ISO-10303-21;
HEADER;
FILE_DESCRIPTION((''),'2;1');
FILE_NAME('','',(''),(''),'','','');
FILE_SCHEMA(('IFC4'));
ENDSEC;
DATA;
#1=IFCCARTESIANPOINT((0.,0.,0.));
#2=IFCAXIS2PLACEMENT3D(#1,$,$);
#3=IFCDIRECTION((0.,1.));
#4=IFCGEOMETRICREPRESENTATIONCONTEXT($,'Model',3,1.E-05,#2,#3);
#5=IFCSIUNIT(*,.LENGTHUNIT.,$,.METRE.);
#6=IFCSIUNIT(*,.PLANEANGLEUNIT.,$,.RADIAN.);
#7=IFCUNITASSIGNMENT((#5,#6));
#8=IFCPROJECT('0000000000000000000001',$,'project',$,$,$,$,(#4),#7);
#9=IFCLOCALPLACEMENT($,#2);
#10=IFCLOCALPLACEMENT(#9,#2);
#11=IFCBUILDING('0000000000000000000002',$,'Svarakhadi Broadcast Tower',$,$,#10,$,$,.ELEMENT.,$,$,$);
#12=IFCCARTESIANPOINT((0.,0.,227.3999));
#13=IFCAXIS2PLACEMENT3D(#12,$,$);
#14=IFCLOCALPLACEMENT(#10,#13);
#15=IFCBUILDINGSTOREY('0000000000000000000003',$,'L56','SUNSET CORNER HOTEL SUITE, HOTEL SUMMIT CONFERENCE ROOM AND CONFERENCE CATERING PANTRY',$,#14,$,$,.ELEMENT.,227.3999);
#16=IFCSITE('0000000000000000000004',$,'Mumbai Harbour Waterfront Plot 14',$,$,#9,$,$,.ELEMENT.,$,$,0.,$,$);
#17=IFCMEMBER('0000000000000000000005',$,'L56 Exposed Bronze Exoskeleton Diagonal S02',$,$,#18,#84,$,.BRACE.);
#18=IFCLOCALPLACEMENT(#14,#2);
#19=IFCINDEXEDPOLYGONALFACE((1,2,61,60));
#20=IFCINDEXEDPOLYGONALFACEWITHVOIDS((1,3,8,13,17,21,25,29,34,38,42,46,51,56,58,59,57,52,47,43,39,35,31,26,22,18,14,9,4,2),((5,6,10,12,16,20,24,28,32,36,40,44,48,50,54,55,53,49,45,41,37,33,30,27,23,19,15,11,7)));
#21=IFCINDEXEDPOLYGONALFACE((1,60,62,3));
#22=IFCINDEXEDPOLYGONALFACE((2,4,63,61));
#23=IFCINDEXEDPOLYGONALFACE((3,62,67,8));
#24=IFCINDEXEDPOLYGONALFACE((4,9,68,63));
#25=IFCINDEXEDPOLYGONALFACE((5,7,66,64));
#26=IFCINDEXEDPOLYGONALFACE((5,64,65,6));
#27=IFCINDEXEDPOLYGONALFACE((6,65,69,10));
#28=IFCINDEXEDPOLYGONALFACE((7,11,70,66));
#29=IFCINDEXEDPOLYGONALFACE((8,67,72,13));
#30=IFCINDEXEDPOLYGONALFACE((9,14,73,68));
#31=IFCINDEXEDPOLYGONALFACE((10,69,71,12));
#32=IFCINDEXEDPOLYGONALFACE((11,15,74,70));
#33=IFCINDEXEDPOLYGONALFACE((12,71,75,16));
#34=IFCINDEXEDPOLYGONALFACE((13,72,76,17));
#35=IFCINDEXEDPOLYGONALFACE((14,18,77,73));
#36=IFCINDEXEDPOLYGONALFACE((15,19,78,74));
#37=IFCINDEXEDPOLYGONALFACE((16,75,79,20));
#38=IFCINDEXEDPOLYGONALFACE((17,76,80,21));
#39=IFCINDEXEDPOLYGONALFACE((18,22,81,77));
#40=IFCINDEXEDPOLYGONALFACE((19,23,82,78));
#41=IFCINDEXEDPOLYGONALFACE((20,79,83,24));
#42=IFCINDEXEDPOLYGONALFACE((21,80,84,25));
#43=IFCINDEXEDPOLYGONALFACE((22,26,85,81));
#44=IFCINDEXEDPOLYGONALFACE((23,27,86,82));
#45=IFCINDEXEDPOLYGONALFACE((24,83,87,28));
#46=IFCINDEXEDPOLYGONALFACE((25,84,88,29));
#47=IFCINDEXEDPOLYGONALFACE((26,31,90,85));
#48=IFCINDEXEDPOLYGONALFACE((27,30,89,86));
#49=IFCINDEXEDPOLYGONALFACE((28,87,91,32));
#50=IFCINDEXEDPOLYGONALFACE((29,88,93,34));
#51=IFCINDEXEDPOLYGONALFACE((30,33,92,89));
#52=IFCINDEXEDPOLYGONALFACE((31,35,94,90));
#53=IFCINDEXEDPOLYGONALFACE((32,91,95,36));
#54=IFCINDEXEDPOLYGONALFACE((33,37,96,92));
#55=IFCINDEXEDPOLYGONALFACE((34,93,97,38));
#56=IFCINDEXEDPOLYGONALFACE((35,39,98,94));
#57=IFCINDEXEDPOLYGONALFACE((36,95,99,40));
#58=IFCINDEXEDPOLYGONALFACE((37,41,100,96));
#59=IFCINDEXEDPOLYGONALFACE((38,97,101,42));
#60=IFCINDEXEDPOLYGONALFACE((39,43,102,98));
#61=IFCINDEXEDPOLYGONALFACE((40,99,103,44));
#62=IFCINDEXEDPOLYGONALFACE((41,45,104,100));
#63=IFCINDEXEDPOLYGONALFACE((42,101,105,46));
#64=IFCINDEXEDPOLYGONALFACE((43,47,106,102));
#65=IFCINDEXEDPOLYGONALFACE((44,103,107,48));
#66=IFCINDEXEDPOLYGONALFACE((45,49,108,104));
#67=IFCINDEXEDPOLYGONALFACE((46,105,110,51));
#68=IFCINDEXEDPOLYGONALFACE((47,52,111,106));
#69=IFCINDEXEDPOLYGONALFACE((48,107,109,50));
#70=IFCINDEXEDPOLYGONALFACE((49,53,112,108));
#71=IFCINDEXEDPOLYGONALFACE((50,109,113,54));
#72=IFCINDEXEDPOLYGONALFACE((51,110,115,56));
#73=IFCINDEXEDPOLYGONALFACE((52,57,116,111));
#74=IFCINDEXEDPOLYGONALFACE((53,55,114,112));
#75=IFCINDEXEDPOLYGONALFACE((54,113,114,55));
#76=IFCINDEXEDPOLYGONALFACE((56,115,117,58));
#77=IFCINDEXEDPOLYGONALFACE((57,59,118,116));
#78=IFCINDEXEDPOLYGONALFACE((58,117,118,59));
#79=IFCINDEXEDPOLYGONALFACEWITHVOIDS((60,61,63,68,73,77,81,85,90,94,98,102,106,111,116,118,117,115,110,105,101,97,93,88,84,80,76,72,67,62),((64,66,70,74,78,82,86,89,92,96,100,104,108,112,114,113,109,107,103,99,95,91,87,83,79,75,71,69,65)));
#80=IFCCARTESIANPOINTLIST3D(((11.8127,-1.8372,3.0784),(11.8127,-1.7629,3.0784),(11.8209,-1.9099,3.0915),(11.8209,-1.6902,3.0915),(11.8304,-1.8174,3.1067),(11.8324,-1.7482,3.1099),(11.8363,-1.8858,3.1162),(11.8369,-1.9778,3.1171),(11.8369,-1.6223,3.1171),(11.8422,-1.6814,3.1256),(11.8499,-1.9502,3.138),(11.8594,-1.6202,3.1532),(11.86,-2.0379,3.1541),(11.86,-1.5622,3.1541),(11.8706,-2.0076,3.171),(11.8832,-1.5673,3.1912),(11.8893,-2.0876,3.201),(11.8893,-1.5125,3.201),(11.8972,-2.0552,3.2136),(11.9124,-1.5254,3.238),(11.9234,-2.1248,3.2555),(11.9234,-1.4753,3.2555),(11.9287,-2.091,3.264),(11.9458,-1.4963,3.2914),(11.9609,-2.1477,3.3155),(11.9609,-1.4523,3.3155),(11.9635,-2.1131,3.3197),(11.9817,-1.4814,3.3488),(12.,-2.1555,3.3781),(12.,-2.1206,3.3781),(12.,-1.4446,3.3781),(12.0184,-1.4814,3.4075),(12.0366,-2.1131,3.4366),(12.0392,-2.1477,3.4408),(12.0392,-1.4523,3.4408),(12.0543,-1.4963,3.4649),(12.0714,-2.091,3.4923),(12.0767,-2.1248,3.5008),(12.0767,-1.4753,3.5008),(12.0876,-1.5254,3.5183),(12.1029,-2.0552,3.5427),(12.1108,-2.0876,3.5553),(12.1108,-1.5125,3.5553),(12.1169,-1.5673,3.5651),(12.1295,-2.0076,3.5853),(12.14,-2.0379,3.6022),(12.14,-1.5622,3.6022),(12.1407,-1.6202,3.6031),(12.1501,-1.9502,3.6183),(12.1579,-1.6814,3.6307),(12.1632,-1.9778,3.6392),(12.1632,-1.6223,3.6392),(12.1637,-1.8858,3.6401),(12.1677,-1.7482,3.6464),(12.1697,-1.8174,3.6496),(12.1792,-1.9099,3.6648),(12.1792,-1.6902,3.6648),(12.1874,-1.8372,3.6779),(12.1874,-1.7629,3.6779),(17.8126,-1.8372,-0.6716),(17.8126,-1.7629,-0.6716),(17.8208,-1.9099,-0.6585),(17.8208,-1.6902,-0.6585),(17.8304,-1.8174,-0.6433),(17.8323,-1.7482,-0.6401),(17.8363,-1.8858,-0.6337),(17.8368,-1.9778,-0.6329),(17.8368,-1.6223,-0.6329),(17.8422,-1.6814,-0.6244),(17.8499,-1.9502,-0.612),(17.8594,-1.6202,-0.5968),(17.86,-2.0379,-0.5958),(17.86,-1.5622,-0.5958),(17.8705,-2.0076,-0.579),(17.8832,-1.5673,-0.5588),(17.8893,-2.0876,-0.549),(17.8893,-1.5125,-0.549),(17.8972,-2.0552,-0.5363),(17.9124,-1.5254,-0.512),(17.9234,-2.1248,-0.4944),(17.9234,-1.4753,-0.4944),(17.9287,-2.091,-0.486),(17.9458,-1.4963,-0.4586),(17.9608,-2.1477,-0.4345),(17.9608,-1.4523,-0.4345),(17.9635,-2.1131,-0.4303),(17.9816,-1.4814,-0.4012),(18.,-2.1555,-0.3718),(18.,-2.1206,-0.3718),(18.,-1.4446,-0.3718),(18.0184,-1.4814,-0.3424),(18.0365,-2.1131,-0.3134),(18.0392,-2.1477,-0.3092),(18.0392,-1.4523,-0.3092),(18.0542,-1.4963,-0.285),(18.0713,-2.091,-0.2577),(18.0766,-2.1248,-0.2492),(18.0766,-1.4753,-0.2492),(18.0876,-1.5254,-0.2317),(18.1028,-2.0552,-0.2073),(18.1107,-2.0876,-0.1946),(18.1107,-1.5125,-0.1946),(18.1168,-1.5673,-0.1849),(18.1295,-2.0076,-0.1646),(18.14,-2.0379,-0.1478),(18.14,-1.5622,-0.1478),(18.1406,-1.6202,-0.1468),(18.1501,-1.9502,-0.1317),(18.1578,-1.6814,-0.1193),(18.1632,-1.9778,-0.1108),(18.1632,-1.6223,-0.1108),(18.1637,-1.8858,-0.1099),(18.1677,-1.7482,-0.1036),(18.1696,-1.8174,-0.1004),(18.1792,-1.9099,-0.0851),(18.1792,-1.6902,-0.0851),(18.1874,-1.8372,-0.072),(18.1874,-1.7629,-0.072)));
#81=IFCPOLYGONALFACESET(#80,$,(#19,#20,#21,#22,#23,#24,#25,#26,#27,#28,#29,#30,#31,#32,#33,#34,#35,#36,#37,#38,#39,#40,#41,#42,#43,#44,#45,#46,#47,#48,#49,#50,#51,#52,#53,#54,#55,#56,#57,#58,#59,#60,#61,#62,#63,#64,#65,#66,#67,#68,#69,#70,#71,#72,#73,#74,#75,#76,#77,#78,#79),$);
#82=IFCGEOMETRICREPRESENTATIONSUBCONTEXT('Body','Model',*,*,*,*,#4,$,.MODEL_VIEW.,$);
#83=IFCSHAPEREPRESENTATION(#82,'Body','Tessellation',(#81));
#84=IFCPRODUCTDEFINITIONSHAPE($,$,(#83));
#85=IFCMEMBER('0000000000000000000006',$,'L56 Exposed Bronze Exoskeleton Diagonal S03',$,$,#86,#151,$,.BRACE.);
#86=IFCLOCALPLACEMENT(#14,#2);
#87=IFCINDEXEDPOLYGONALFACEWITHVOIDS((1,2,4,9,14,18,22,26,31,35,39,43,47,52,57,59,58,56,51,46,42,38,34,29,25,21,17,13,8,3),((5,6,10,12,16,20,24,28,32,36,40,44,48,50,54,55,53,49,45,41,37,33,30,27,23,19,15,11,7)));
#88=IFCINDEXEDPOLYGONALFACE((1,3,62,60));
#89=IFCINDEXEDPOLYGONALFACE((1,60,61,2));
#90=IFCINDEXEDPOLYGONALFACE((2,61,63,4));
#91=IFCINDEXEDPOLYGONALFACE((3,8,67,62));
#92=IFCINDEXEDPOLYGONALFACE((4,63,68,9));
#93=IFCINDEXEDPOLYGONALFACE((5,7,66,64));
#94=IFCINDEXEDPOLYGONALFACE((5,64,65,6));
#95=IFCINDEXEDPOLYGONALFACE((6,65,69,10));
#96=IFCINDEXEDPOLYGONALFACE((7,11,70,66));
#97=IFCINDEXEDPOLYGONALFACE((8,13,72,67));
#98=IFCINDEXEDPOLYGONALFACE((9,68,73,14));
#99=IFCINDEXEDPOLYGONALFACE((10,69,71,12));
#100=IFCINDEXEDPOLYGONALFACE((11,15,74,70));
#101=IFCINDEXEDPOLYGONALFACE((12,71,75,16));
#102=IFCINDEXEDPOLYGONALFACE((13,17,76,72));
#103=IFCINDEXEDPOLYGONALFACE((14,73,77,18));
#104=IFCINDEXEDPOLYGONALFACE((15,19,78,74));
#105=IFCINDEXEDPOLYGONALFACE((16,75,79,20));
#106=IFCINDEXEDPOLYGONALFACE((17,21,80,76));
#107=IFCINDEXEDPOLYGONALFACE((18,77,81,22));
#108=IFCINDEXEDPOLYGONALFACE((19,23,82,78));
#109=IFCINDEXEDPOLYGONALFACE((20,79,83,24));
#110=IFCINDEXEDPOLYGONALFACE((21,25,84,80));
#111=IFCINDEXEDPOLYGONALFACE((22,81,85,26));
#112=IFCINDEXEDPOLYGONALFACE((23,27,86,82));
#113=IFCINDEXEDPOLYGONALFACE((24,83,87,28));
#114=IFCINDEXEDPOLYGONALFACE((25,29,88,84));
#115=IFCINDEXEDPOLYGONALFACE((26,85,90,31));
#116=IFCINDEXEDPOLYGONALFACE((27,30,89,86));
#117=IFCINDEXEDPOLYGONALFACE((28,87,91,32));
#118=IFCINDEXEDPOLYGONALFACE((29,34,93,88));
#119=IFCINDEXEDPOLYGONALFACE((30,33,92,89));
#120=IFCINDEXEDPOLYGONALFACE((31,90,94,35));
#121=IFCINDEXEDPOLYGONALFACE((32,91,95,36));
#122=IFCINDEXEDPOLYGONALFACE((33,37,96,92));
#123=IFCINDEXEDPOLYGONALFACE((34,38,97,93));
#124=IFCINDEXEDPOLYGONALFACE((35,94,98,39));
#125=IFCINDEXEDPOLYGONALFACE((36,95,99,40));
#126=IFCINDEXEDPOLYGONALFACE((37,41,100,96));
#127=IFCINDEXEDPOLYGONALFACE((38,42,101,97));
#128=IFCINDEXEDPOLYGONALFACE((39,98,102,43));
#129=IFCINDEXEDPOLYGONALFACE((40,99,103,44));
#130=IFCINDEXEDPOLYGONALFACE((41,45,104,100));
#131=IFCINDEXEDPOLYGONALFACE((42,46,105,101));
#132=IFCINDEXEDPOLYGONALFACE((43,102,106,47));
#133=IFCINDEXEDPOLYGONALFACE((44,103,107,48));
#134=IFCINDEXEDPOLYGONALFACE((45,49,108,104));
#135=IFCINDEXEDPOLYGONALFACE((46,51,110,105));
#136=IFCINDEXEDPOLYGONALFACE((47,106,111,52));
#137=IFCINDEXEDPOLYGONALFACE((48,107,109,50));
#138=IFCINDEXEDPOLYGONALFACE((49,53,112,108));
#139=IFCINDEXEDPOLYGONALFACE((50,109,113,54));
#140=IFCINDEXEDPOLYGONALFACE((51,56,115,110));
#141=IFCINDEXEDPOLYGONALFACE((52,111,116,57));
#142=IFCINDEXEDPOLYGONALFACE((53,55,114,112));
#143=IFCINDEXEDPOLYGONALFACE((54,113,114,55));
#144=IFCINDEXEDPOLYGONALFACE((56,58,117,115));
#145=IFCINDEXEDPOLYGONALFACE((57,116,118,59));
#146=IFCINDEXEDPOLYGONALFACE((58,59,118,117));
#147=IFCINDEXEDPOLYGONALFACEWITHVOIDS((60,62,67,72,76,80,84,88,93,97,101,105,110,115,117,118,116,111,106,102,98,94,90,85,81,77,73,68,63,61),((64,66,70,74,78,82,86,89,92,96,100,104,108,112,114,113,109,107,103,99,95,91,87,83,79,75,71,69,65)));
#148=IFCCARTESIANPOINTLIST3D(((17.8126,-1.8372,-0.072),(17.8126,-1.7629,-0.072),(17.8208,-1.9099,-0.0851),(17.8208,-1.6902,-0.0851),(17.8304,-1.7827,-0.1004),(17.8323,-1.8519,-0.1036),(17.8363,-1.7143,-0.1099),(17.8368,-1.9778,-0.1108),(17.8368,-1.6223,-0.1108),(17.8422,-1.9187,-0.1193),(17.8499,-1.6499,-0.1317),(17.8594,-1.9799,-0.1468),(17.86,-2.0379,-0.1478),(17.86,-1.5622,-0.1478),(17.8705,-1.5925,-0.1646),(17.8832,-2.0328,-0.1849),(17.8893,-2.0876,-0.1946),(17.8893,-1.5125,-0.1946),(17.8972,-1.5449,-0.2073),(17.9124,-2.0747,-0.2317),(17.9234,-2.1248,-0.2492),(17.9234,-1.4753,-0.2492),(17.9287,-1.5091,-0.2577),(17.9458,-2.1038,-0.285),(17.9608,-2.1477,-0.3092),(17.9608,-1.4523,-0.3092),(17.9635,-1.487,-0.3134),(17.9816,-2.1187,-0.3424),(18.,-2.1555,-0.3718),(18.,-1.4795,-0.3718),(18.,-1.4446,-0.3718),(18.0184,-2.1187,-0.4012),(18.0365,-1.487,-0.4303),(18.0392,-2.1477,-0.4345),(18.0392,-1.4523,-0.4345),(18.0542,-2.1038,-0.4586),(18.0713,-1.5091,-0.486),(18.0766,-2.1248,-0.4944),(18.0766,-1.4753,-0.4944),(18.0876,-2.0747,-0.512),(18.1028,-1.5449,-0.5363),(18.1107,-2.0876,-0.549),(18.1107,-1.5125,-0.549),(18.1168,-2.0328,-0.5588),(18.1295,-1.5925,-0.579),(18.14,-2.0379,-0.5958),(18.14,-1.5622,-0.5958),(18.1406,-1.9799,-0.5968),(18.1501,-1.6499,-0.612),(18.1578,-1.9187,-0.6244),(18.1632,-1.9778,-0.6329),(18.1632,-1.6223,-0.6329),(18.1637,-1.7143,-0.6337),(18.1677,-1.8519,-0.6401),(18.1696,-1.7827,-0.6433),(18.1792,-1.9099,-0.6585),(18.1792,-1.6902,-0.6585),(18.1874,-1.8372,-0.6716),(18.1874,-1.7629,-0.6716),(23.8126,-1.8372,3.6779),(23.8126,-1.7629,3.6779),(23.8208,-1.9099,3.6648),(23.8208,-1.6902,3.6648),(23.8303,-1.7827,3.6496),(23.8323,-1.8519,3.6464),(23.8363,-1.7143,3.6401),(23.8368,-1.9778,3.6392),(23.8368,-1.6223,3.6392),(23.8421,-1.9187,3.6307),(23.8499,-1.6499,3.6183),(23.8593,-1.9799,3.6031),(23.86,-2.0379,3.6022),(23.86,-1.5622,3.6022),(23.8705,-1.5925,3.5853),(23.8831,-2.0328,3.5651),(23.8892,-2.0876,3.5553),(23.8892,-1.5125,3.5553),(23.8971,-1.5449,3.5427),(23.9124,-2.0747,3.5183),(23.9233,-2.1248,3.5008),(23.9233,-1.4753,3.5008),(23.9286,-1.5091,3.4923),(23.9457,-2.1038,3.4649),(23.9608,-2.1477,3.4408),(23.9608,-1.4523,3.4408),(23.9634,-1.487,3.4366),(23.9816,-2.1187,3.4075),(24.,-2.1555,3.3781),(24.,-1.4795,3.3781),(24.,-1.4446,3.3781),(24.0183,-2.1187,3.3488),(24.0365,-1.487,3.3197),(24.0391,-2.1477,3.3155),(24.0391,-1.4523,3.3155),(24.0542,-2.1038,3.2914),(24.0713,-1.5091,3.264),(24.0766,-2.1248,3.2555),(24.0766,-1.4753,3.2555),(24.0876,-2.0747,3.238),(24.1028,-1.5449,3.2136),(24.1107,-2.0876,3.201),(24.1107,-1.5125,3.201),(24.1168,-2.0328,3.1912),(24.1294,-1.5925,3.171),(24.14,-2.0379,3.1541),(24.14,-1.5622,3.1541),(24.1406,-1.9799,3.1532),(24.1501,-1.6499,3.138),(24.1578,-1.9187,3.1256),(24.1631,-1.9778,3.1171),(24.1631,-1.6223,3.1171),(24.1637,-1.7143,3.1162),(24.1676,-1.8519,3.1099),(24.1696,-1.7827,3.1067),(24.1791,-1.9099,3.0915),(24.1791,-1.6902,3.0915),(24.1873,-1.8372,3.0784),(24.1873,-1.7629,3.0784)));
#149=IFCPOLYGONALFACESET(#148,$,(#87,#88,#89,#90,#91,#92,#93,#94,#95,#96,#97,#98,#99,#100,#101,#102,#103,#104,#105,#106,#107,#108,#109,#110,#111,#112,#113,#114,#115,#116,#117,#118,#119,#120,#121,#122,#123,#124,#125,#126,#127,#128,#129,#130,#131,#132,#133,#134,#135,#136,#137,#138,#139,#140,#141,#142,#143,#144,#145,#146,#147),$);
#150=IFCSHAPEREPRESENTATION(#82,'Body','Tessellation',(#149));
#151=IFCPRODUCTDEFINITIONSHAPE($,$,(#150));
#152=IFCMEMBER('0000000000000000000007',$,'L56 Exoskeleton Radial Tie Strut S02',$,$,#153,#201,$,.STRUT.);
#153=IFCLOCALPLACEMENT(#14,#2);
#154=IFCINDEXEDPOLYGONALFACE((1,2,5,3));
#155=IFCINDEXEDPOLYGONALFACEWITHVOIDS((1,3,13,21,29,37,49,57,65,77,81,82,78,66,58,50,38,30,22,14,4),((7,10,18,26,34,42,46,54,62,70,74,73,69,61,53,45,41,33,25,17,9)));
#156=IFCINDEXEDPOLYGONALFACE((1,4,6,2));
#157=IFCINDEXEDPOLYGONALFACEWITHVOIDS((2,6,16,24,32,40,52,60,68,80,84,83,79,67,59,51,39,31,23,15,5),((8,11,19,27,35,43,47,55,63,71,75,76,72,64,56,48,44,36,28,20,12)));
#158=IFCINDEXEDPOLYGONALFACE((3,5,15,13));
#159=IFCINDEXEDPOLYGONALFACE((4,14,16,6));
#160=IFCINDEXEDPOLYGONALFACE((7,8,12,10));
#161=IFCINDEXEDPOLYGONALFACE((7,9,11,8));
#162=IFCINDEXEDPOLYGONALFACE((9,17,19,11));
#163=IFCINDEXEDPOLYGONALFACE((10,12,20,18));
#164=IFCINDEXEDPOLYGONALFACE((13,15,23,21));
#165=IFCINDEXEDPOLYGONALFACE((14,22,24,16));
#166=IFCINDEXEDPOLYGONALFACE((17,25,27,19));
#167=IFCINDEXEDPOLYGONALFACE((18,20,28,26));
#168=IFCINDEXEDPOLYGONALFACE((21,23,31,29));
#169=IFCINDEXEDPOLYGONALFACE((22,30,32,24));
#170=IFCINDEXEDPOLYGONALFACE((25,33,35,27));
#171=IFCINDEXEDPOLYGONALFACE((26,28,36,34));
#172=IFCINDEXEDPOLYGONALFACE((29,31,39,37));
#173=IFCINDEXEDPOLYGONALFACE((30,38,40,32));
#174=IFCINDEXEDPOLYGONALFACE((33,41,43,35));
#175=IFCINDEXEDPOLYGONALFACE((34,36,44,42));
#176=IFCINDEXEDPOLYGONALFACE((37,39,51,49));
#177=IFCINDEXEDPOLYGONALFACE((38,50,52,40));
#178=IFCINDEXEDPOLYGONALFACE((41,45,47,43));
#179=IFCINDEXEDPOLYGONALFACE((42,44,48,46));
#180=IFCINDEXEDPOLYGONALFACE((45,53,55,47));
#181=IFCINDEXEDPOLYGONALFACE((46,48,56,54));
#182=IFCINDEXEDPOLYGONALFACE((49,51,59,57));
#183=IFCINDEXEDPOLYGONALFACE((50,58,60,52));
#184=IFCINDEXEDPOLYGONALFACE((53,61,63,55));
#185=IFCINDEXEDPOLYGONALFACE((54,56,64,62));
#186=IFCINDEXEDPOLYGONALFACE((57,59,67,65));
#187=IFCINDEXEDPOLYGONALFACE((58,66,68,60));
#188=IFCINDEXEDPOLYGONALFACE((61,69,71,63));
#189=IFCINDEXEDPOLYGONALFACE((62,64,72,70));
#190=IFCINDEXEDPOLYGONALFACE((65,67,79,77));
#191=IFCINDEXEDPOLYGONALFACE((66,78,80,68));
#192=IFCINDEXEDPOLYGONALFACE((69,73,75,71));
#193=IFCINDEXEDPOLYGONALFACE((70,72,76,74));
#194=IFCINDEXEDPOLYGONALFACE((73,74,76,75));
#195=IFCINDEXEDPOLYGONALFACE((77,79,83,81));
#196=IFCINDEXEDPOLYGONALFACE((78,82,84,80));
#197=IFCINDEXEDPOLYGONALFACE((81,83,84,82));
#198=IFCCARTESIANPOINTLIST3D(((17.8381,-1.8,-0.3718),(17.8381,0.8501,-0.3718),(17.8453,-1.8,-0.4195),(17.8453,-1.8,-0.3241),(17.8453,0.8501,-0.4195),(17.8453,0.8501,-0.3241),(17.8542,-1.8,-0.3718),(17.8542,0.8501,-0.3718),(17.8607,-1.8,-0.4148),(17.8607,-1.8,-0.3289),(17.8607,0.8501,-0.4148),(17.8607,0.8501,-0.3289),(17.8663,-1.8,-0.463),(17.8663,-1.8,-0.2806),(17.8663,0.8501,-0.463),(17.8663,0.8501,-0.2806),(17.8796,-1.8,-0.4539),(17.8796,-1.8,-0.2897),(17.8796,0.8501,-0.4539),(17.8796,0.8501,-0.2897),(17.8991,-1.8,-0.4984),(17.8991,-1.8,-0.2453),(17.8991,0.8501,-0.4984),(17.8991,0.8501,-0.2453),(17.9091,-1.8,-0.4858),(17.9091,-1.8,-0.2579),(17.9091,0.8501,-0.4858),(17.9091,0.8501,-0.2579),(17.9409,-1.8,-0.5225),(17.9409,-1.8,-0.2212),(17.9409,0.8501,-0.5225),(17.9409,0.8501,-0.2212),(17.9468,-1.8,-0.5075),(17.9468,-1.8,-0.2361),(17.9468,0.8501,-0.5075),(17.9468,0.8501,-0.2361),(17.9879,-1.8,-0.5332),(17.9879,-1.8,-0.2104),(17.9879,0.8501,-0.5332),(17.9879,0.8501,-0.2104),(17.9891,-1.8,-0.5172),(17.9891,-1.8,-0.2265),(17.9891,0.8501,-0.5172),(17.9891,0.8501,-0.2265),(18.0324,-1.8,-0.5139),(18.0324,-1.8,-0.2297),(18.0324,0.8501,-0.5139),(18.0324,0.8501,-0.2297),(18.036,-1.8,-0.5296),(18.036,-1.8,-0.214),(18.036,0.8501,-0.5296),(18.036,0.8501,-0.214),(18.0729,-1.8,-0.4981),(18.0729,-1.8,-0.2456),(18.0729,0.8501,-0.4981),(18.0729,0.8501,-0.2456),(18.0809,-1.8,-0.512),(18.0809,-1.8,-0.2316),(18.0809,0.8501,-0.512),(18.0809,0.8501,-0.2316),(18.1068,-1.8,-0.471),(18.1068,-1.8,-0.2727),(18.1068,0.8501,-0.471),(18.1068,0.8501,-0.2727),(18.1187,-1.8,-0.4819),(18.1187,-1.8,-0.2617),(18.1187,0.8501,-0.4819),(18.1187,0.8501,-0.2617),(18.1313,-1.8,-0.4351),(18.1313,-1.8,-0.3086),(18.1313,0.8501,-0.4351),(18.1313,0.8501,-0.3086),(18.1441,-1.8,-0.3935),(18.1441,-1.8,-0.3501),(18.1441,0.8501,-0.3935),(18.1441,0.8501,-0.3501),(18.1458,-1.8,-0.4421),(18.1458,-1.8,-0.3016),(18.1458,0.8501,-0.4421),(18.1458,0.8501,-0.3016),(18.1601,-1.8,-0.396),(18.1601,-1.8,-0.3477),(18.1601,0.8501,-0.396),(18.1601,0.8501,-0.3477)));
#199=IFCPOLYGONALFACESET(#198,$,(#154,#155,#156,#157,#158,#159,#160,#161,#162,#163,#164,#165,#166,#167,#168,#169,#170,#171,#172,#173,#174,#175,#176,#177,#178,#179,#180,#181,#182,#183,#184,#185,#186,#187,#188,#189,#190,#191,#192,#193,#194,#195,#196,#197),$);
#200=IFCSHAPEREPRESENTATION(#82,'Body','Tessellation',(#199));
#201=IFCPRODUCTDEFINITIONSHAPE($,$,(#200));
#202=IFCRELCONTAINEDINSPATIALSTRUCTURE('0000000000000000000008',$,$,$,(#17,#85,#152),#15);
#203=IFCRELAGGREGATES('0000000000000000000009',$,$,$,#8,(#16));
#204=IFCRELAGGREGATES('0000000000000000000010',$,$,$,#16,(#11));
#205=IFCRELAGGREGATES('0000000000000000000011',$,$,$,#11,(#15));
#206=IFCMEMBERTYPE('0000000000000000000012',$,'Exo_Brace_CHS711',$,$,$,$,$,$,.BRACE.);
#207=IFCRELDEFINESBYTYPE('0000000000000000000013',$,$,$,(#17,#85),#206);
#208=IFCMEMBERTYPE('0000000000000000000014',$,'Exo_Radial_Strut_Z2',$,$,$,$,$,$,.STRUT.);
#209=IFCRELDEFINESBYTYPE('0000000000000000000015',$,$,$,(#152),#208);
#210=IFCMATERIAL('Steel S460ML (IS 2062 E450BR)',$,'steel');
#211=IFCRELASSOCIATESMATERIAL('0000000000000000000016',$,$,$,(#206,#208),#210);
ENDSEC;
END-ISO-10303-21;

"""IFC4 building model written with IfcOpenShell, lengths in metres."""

from ifc_helpers import new_model, si_unit, direction, frame, origin, origin_2d, place, context, subcontext, project, spatial, hollow_circle, extrude, material, material_profile, profile_set, type_object, element, save


model = new_model("IFC4")

# Units and contexts
model_context = context("Model", 3, precision=1e-05, world=origin(), true_north=direction((0.0, 1.0)))
body_context = subcontext(model_context, "Body", "Model", "MODEL_VIEW")
ifc_project = project(units=[si_unit("LENGTHUNIT", "METRE"), si_unit("PLANEANGLEUNIT", "RADIAN")], contexts=[model_context])

# Site, building, storey
site_placement = place(None, origin())
site = spatial("IfcSite", under=ifc_project, at=site_placement, Name="Mumbai Harbour Waterfront Plot 14", CompositionType="ELEMENT", RefElevation=0.0)
building_placement = place(site_placement, origin())
building = spatial("IfcBuilding", under=site, at=building_placement, Name="Svarakhadi Broadcast Tower", CompositionType="ELEMENT")
storey_placement = place(building_placement, frame((0.0, 0.0, 227.3999)))
storey = spatial("IfcBuildingStorey", under=building, at=storey_placement, Name="L56", Description="SUNSET CORNER HOTEL SUITE, HOTEL SUMMIT CONFERENCE ROOM AND CONFERENCE CATERING PANTRY", CompositionType="ELEMENT", Elevation=227.3999)

# Shared definitions
ifc_material_1 = material(Name="Steel S460ML (IS 2062 E450BR)", Category="steel")

# Members
ifc_material_profile_1 = material_profile(ifc_material_1, hollow_circle(Radius=0.3555, WallThickness=0.0349, at=origin_2d()), Name="CHS 711x35")
ifc_profile_set_1 = profile_set([ifc_material_profile_1], Name="Steel S460ML (IS 2062 E450BR)")
member_type_1 = type_object("IfcMemberType", Name="Exo_Brace_CHS711", PredefinedType="BRACE", material=ifc_profile_set_1)
for number, where, z_axis, x_axis, name in (
    (1, (18.0, -1.8, -0.3718), (-0.847998, 0.0, 0.529999), (0.0, -1.0, 0.0), "L56 Exposed Bronze Exoskeleton Diagonal S02"),
    (2, (18.0, -1.8, -0.3718), (0.847998, 0.0, 0.529999), (0.0, 1.0, 0.0), "L56 Exposed Bronze Exoskeleton Diagonal S03"),
):
    element("IfcMember", number, at=place(storey_placement, frame(where, z_axis=z_axis, x_axis=x_axis)), inside=storey, type_object=member_type_1, Name=name, PredefinedType="BRACE", context=body_context, shape_type="SweptSolid", body=[
        extrude(hollow_circle(Radius=0.3555, WallThickness=0.0349, at=origin_2d()), origin(), (0.0, 0.0, 1.0), 7.0754),
    ])
ifc_material_profile_2 = material_profile(ifc_material_1, hollow_circle(Radius=0.1619, WallThickness=0.0161, at=origin_2d()), Name="CHS 323.9x16")
ifc_profile_set_2 = profile_set([ifc_material_profile_2], Name="Steel S460ML (IS 2062 E450BR)")
member_type_2 = type_object("IfcMemberType", Name="Exo_Radial_Strut_Z2", PredefinedType="STRUT", material=ifc_profile_set_2)
for number, where, z_axis, x_axis, name in (
    (3, (18.0, -1.8, -0.3718), (0.0, 1.0, 0.0), (-1.0, 0.0, 0.0), "L56 Exoskeleton Radial Tie Strut S02"),
):
    element("IfcMember", number, at=place(storey_placement, frame(where, z_axis=z_axis, x_axis=x_axis)), inside=storey, type_object=member_type_2, Name=name, PredefinedType="STRUT", context=body_context, shape_type="SweptSolid", body=[
        extrude(hollow_circle(Radius=0.1619, WallThickness=0.0161, at=origin_2d()), origin(), (0.0, 0.0, 1.0), 2.6501),
    ])

save(model, "model.ifc")
